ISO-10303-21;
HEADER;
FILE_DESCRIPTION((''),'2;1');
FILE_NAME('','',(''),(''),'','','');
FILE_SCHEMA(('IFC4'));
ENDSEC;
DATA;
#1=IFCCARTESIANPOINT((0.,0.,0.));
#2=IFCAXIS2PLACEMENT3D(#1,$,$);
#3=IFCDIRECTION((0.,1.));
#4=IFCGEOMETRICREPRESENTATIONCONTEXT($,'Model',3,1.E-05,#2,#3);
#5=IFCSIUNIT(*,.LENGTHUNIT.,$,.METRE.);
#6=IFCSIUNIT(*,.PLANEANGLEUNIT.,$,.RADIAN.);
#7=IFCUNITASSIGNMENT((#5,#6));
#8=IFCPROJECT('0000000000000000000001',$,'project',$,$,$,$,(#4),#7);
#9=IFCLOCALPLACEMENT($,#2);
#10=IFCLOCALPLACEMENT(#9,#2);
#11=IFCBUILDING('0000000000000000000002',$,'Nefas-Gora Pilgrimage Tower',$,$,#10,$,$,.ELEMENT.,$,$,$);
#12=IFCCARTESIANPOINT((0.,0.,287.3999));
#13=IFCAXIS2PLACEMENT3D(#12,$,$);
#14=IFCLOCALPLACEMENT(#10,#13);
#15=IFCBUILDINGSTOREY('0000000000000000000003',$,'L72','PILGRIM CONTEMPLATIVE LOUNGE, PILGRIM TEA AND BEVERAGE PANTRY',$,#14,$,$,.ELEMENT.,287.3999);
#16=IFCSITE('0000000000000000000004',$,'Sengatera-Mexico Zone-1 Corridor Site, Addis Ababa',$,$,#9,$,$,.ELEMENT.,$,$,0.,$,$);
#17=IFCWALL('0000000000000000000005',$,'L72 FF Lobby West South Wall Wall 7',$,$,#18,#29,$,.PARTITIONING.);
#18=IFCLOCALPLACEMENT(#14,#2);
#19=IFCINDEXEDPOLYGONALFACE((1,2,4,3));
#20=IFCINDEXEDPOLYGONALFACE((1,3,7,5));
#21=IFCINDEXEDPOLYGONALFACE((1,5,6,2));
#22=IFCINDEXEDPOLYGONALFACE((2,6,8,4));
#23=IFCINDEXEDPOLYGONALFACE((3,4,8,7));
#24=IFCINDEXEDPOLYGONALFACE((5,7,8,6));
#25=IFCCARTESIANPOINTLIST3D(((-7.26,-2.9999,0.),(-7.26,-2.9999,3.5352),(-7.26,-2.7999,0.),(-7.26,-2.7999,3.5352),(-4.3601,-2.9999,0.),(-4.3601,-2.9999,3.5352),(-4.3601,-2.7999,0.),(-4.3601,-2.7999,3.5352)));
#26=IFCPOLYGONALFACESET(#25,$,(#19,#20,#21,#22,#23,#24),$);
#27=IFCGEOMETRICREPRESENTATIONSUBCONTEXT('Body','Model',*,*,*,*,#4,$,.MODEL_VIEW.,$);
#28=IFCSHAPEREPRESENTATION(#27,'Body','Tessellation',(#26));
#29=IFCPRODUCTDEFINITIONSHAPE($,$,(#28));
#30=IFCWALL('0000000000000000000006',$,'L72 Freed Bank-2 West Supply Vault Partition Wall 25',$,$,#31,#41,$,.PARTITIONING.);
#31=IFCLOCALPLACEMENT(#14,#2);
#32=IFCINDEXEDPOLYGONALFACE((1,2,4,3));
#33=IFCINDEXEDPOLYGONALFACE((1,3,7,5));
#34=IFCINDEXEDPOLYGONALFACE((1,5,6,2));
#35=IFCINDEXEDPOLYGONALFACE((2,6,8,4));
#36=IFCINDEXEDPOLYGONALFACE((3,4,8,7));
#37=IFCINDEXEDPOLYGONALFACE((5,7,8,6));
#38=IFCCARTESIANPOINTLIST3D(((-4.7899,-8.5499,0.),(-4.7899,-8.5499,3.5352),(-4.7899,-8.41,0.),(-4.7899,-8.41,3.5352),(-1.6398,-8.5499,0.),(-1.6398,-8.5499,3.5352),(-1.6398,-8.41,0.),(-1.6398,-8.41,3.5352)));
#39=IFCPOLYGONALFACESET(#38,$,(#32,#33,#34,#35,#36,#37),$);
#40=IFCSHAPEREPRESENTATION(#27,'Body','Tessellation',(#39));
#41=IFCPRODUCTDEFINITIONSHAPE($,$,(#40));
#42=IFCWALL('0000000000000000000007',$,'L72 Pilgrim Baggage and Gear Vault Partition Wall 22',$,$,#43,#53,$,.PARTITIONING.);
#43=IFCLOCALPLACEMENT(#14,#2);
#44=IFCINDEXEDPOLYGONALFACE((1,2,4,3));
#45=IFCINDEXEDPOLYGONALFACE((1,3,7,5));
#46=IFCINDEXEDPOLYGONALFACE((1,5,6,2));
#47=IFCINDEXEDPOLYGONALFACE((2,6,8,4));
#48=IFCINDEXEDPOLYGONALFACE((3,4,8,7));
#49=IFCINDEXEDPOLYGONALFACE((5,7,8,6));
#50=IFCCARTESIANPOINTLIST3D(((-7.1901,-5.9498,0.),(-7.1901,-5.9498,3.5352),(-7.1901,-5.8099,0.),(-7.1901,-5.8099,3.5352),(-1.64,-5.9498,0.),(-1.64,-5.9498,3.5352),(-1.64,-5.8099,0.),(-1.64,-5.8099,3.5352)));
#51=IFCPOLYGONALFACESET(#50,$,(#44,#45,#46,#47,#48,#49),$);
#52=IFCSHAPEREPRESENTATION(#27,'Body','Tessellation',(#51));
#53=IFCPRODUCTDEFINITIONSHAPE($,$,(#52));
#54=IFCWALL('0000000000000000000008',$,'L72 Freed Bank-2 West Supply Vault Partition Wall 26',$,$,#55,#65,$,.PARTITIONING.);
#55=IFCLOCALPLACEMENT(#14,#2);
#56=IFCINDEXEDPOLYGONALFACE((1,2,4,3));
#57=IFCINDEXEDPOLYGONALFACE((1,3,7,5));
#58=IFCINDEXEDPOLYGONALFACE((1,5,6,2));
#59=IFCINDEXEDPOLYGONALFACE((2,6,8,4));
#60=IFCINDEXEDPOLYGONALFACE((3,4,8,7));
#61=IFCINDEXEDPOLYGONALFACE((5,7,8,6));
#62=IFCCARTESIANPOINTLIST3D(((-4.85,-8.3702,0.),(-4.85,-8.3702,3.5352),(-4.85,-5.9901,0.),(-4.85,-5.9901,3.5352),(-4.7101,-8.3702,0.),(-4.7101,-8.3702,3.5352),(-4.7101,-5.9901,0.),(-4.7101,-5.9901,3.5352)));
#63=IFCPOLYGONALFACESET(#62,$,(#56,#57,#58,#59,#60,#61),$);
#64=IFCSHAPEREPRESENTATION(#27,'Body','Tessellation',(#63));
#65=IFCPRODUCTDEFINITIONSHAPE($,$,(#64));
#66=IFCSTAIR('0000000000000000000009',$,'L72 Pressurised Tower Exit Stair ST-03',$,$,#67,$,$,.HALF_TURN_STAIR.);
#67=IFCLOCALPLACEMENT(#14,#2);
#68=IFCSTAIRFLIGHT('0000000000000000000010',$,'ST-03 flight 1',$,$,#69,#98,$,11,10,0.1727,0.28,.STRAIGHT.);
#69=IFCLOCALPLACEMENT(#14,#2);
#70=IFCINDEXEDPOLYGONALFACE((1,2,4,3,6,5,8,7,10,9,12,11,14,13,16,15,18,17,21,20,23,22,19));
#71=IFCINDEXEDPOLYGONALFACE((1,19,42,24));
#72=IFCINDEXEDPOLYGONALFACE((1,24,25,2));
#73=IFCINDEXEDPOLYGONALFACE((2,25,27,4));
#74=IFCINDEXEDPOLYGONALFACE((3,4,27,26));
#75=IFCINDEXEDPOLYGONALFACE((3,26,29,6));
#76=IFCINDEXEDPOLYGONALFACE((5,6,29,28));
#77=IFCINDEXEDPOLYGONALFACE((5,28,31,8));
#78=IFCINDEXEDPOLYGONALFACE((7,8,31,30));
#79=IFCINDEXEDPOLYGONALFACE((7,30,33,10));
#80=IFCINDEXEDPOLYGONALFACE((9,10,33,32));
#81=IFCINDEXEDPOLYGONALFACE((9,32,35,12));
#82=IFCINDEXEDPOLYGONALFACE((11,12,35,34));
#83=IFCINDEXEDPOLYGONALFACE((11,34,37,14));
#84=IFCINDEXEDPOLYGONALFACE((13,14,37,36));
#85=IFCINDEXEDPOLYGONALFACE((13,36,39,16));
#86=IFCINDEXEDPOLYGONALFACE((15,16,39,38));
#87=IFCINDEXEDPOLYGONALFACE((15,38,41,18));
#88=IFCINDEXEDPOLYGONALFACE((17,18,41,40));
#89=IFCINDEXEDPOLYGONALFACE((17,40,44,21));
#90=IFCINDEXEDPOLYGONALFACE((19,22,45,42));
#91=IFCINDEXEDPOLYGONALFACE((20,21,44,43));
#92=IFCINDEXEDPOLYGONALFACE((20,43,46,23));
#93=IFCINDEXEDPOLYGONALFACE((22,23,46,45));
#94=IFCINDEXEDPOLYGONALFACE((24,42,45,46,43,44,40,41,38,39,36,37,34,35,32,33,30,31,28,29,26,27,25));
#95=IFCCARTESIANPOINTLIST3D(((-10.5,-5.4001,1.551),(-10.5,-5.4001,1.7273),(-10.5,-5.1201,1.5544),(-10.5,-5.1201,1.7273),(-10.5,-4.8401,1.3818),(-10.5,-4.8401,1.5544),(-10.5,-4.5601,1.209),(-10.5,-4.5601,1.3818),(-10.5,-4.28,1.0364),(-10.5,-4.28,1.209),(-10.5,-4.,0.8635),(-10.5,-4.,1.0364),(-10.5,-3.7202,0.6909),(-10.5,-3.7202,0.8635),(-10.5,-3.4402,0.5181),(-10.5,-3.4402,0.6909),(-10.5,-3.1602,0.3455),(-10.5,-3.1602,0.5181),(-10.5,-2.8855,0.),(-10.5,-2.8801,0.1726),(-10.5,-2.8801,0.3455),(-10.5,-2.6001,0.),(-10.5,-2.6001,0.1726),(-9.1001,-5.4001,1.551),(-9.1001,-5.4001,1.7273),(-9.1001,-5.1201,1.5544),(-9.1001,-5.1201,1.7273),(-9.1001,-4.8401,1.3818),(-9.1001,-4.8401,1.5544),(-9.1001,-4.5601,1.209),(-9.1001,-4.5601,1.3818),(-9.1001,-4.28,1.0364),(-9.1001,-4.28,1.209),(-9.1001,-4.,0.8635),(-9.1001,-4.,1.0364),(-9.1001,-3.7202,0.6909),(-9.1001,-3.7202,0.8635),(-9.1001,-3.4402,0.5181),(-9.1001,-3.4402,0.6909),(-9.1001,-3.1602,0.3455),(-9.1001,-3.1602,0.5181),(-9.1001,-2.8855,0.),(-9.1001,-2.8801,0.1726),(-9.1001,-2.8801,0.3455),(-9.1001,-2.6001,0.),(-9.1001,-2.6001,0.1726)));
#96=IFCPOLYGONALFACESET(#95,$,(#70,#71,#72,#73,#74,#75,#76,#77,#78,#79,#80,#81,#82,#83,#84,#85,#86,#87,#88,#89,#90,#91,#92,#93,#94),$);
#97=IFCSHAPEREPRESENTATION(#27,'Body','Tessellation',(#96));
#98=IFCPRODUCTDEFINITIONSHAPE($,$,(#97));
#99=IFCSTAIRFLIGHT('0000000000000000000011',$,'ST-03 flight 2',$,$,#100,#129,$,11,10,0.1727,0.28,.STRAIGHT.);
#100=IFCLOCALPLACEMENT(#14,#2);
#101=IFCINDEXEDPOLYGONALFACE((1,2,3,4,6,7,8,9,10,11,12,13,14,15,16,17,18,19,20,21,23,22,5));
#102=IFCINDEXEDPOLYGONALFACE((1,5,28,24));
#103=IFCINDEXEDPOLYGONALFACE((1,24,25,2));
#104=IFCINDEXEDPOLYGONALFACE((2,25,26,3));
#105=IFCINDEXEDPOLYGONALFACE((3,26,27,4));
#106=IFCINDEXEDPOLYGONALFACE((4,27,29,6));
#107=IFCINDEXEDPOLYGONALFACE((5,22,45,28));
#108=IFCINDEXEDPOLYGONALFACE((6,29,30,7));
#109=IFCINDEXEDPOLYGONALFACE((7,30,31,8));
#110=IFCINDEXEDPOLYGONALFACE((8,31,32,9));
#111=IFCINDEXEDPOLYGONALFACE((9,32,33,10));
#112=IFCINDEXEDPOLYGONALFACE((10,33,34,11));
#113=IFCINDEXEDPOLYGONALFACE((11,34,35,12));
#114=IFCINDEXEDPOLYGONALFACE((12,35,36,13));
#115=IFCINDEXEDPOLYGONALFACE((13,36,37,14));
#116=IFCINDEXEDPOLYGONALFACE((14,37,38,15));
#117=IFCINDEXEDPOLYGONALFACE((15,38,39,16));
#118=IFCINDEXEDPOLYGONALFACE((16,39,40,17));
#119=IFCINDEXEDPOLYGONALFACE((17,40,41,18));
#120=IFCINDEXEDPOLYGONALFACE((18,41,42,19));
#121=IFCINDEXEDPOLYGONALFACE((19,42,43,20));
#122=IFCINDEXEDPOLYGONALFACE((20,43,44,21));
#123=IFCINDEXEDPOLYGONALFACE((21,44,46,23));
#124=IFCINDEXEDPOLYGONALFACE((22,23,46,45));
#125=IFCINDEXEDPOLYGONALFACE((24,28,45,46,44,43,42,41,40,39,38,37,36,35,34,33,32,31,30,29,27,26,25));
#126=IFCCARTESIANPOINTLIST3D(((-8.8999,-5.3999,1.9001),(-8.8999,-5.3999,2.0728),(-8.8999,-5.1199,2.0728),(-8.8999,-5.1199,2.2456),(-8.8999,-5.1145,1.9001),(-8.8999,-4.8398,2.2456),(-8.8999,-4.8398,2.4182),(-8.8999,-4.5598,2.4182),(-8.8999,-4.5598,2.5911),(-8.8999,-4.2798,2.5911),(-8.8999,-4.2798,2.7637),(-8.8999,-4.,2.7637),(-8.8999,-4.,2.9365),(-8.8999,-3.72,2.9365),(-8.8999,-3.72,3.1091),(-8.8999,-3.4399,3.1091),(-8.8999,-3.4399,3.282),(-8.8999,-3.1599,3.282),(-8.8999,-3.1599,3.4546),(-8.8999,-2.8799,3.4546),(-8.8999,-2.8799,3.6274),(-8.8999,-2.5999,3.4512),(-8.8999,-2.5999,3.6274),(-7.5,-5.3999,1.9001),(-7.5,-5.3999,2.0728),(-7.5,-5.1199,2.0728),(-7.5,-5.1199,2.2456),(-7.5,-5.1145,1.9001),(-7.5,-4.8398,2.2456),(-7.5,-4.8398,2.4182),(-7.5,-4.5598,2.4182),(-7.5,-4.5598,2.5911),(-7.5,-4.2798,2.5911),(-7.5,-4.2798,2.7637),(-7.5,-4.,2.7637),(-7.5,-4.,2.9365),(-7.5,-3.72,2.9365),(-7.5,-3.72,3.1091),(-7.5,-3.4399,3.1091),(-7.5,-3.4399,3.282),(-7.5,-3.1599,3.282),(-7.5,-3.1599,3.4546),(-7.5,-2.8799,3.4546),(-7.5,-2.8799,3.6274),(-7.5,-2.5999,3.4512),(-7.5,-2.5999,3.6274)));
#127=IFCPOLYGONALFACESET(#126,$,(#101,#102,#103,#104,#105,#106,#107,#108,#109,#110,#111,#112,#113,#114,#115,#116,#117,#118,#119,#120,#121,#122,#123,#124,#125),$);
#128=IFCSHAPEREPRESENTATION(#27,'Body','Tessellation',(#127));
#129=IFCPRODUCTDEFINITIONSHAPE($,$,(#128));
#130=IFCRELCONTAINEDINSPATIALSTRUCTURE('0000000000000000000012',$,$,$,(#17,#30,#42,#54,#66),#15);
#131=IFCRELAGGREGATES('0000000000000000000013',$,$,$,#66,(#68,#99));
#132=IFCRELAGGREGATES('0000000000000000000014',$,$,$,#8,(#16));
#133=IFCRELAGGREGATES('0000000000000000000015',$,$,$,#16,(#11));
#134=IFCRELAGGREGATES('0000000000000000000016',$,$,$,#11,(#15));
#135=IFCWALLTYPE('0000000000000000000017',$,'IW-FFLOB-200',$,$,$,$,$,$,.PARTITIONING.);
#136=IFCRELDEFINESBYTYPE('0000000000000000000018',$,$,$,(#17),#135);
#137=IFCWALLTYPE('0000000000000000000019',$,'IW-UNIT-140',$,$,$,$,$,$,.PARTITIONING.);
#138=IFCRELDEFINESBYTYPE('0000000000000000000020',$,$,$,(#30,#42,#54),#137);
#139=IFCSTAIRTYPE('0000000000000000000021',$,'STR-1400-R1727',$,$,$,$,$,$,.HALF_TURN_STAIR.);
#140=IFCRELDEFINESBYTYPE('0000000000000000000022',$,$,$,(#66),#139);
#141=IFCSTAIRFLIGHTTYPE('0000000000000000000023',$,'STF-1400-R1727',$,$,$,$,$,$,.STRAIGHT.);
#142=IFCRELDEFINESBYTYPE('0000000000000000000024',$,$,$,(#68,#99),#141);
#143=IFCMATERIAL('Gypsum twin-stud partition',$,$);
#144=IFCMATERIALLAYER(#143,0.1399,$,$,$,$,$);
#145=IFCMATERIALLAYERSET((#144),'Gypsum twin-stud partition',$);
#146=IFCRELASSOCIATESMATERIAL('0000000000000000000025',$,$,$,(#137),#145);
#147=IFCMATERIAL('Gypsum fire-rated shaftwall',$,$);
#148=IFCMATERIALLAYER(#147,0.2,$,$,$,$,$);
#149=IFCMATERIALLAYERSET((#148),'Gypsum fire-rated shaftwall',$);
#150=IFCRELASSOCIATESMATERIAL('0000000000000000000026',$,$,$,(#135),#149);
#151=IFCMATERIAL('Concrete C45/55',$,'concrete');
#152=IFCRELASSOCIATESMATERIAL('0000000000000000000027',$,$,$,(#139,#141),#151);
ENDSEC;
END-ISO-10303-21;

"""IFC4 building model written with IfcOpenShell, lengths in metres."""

from ifc_helpers import new_model, si_unit, direction, frame, frame_2d, origin, place, context, subcontext, project, spatial, polyline, rectangle, outline, extrude, source, transform, mapped, material, layer, layer_set, type_object, element, aggregate, save


model = new_model("IFC4")

# Units and contexts
model_context = context("Model", 3, precision=1e-05, world=origin(), true_north=direction((0.0, 1.0)))
body_context = subcontext(model_context, "Body", "Model", "MODEL_VIEW")
ifc_project = project(units=[si_unit("LENGTHUNIT", "METRE"), si_unit("PLANEANGLEUNIT", "RADIAN")], contexts=[model_context])

# Site, building, storey
site_placement = place(None, origin())
site = spatial("IfcSite", under=ifc_project, at=site_placement, Name="Sengatera-Mexico Zone-1 Corridor Site, Addis Ababa", CompositionType="ELEMENT", RefElevation=0.0)
building_placement = place(site_placement, origin())
building = spatial("IfcBuilding", under=site, at=building_placement, Name="Nefas-Gora Pilgrimage Tower", CompositionType="ELEMENT")
storey_placement = place(building_placement, frame((0.0, 0.0, 287.3999)))
storey = spatial("IfcBuildingStorey", under=building, at=storey_placement, Name="L72", Description="PILGRIM CONTEMPLATIVE LOUNGE, PILGRIM TEA AND BEVERAGE PANTRY", CompositionType="ELEMENT", Elevation=287.3999)

# Shared definitions
ifc_material_1 = material(Name="Concrete C45/55", Category="concrete")

# Walls
ifc_material_2 = material(Name="Gypsum twin-stud partition")
ifc_layer_1 = layer(ifc_material_2, 0.1399)
ifc_layer_set_1 = layer_set([ifc_layer_1], Name="Gypsum twin-stud partition")
wall_type_1 = type_object("IfcWallType", Name="IW-UNIT-140", PredefinedType="PARTITIONING", material=ifc_layer_set_1)
ifc_material_3 = material(Name="Gypsum fire-rated shaftwall")
ifc_layer_2 = layer(ifc_material_3, 0.2)
ifc_layer_set_2 = layer_set([ifc_layer_2], Name="Gypsum fire-rated shaftwall")
wall_type_2 = type_object("IfcWallType", Name="IW-FFLOB-200", PredefinedType="PARTITIONING", material=ifc_layer_set_2)
shared_shape_1 = source(origin(), body_context, "Body", "SweptSolid", [
    extrude(rectangle(XDim=2.8999, YDim=0.2, at=frame_2d((1.45, 0.0))), origin(), (0.0, 0.0, 1.0), 3.5352),
])
wall_1_placement = place(storey_placement, frame((-7.26, -2.8999, 0.0), z_axis=(0.0, 0.0, 1.0), x_axis=(1.0, 0.0, 0.0)))
element("IfcWall", 1, at=wall_1_placement, inside=storey, type_object=wall_type_2, Name="L72 FF Lobby West South Wall Wall 7", PredefinedType="PARTITIONING", context=body_context, shape_type="MappedRepresentation", body=[
    mapped(shared_shape_1, transform((0.0, 0.0, 0.0), x_axis=(1.0, 0.0, 0.0), y_axis=(0.0, 1.0, 0.0), z_axis=(0.0, 0.0, 1.0), scale=1.0)),
])
shared_shape_2 = source(origin(), body_context, "Body", "SweptSolid", [
    extrude(rectangle(XDim=3.1501, YDim=0.1399, at=frame_2d((1.5752, 0.0))), origin(), (0.0, 0.0, 1.0), 3.5352),
])
wall_2_placement = place(storey_placement, frame((-4.79, -8.48, 0.0), z_axis=(0.0, 0.0, 1.0), x_axis=(1.0, 0.0, 0.0)))
element("IfcWall", 2, at=wall_2_placement, inside=storey, type_object=wall_type_1, Name="L72 Freed Bank-2 West Supply Vault Partition Wall 25", PredefinedType="PARTITIONING", context=body_context, shape_type="MappedRepresentation", body=[
    mapped(shared_shape_2, transform((0.0, 0.0, 0.0), x_axis=(1.0, 0.0, 0.0), y_axis=(0.0, 1.0, 0.0), z_axis=(0.0, 0.0, 1.0), scale=1.0)),
])
shared_shape_3 = source(origin(), body_context, "Body", "SweptSolid", [
    extrude(rectangle(XDim=5.55, YDim=0.1399, at=frame_2d((2.7749, 0.0))), origin(), (0.0, 0.0, 1.0), 3.5352),
])
wall_3_placement = place(storey_placement, frame((-7.1899, -5.8799, 0.0), z_axis=(0.0, 0.0, 1.0), x_axis=(1.0, 0.0, 0.0)))
element("IfcWall", 3, at=wall_3_placement, inside=storey, type_object=wall_type_1, Name="L72 Pilgrim Baggage and Gear Vault Partition Wall 22", PredefinedType="PARTITIONING", context=body_context, shape_type="MappedRepresentation", body=[
    mapped(shared_shape_3, transform((0.0, 0.0, 0.0), x_axis=(1.0, 0.0, 0.0), y_axis=(0.0, 1.0, 0.0), z_axis=(0.0, 0.0, 1.0), scale=1.0)),
])
shared_shape_4 = source(origin(), body_context, "Body", "SweptSolid", [
    extrude(rectangle(XDim=2.3801, YDim=0.1399, at=frame_2d((1.1899, 0.0))), origin(), (0.0, 0.0, 1.0), 3.5352),
])
wall_4_placement = place(storey_placement, frame((-4.78, -8.3701, 0.0), z_axis=(0.0, 0.0, 1.0), x_axis=(0.0, 1.0, 0.0)))
element("IfcWall", 4, at=wall_4_placement, inside=storey, type_object=wall_type_1, Name="L72 Freed Bank-2 West Supply Vault Partition Wall 26", PredefinedType="PARTITIONING", context=body_context, shape_type="MappedRepresentation", body=[
    mapped(shared_shape_4, transform((0.0, 0.0, 0.0), x_axis=(1.0, 0.0, 0.0), y_axis=(0.0, 1.0, 0.0), z_axis=(0.0, 0.0, 1.0), scale=1.0)),
])

# Stair, stair flights
stair_type = type_object("IfcStairType", Name="STR-1400-R1727", PredefinedType="HALF_TURN_STAIR", material=ifc_material_1)
stair_placement = place(storey_placement, origin())
stair = element("IfcStair", 5, at=stair_placement, inside=storey, type_object=stair_type, Name="L72 Pressurised Tower Exit Stair ST-03", PredefinedType="HALF_TURN_STAIR")
stair_flight_type = type_object("IfcStairFlightType", Name="STF-1400-R1727", PredefinedType="STRAIGHT", material=ifc_material_1)
shared_shape_5 = source(origin(), body_context, "Body", "SweptSolid", [
    extrude(outline(polyline([(0.0, 0.0), (0.0, 0.1726), (0.28, 0.1726), (0.28, 0.3455), (0.5601, 0.3455), (0.5601, 0.5181), (0.8401, 0.5181), (0.8401, 0.6909), (1.1201, 0.6909), (1.1201, 0.8635), (1.3999, 0.8635), (1.3999, 1.0364), (1.6799, 1.0364), (1.6799, 1.209), (1.96, 1.209), (1.96, 1.3818), (2.24, 1.3818), (2.24, 1.5544), (2.52, 1.5544), (2.52, 1.7273), (2.8, 1.7273), (2.8, 1.8999), (2.8, 1.551), (0.2854, 0.0), (0.0, 0.0)])), frame((0.0, 0.7, 0.0), z_axis=(0.0, -1.0, 0.0), x_axis=(1.0, 0.0, 0.0)), (0.0, 0.0, 1.0), 1.3999),
])
stair_flight_1_placement = place(storey_placement, frame((-9.8, -2.6001, 0.0), z_axis=(0.0, 0.0, 1.0), x_axis=(0.0, -1.0, 0.0)))
stair_flight_1 = element("IfcStairFlight", 6, at=stair_flight_1_placement, type_object=stair_flight_type, Name="ST-03 flight 1", NumberOfRisers=11, NumberOfTreads=10, PredefinedType="STRAIGHT", RiserHeight=0.1727, TreadLength=0.28, context=body_context, shape_type="MappedRepresentation", body=[
    mapped(shared_shape_5, transform((0.0, 0.0, 0.0), x_axis=(1.0, 0.0, 0.0), y_axis=(0.0, 1.0, 0.0), z_axis=(0.0, 0.0, 1.0), scale=1.0)),
])
stair_flight_2_placement = place(storey_placement, frame((-8.2, -5.3999, 1.9001), z_axis=(0.0, 0.0, 1.0), x_axis=(0.0, 1.0, 0.0)))
stair_flight_2 = element("IfcStairFlight", 7, at=stair_flight_2_placement, type_object=stair_flight_type, Name="ST-03 flight 2", NumberOfRisers=11, NumberOfTreads=10, PredefinedType="STRAIGHT", RiserHeight=0.1727, TreadLength=0.28, context=body_context, shape_type="MappedRepresentation", body=[
    mapped(shared_shape_5, transform((0.0, 0.0, 0.0), x_axis=(1.0, 0.0, 0.0), y_axis=(0.0, 1.0, 0.0), z_axis=(0.0, 0.0, 1.0), scale=1.0)),
])
aggregate(stair, [stair_flight_1, stair_flight_2])

save(model, "model.ifc")
